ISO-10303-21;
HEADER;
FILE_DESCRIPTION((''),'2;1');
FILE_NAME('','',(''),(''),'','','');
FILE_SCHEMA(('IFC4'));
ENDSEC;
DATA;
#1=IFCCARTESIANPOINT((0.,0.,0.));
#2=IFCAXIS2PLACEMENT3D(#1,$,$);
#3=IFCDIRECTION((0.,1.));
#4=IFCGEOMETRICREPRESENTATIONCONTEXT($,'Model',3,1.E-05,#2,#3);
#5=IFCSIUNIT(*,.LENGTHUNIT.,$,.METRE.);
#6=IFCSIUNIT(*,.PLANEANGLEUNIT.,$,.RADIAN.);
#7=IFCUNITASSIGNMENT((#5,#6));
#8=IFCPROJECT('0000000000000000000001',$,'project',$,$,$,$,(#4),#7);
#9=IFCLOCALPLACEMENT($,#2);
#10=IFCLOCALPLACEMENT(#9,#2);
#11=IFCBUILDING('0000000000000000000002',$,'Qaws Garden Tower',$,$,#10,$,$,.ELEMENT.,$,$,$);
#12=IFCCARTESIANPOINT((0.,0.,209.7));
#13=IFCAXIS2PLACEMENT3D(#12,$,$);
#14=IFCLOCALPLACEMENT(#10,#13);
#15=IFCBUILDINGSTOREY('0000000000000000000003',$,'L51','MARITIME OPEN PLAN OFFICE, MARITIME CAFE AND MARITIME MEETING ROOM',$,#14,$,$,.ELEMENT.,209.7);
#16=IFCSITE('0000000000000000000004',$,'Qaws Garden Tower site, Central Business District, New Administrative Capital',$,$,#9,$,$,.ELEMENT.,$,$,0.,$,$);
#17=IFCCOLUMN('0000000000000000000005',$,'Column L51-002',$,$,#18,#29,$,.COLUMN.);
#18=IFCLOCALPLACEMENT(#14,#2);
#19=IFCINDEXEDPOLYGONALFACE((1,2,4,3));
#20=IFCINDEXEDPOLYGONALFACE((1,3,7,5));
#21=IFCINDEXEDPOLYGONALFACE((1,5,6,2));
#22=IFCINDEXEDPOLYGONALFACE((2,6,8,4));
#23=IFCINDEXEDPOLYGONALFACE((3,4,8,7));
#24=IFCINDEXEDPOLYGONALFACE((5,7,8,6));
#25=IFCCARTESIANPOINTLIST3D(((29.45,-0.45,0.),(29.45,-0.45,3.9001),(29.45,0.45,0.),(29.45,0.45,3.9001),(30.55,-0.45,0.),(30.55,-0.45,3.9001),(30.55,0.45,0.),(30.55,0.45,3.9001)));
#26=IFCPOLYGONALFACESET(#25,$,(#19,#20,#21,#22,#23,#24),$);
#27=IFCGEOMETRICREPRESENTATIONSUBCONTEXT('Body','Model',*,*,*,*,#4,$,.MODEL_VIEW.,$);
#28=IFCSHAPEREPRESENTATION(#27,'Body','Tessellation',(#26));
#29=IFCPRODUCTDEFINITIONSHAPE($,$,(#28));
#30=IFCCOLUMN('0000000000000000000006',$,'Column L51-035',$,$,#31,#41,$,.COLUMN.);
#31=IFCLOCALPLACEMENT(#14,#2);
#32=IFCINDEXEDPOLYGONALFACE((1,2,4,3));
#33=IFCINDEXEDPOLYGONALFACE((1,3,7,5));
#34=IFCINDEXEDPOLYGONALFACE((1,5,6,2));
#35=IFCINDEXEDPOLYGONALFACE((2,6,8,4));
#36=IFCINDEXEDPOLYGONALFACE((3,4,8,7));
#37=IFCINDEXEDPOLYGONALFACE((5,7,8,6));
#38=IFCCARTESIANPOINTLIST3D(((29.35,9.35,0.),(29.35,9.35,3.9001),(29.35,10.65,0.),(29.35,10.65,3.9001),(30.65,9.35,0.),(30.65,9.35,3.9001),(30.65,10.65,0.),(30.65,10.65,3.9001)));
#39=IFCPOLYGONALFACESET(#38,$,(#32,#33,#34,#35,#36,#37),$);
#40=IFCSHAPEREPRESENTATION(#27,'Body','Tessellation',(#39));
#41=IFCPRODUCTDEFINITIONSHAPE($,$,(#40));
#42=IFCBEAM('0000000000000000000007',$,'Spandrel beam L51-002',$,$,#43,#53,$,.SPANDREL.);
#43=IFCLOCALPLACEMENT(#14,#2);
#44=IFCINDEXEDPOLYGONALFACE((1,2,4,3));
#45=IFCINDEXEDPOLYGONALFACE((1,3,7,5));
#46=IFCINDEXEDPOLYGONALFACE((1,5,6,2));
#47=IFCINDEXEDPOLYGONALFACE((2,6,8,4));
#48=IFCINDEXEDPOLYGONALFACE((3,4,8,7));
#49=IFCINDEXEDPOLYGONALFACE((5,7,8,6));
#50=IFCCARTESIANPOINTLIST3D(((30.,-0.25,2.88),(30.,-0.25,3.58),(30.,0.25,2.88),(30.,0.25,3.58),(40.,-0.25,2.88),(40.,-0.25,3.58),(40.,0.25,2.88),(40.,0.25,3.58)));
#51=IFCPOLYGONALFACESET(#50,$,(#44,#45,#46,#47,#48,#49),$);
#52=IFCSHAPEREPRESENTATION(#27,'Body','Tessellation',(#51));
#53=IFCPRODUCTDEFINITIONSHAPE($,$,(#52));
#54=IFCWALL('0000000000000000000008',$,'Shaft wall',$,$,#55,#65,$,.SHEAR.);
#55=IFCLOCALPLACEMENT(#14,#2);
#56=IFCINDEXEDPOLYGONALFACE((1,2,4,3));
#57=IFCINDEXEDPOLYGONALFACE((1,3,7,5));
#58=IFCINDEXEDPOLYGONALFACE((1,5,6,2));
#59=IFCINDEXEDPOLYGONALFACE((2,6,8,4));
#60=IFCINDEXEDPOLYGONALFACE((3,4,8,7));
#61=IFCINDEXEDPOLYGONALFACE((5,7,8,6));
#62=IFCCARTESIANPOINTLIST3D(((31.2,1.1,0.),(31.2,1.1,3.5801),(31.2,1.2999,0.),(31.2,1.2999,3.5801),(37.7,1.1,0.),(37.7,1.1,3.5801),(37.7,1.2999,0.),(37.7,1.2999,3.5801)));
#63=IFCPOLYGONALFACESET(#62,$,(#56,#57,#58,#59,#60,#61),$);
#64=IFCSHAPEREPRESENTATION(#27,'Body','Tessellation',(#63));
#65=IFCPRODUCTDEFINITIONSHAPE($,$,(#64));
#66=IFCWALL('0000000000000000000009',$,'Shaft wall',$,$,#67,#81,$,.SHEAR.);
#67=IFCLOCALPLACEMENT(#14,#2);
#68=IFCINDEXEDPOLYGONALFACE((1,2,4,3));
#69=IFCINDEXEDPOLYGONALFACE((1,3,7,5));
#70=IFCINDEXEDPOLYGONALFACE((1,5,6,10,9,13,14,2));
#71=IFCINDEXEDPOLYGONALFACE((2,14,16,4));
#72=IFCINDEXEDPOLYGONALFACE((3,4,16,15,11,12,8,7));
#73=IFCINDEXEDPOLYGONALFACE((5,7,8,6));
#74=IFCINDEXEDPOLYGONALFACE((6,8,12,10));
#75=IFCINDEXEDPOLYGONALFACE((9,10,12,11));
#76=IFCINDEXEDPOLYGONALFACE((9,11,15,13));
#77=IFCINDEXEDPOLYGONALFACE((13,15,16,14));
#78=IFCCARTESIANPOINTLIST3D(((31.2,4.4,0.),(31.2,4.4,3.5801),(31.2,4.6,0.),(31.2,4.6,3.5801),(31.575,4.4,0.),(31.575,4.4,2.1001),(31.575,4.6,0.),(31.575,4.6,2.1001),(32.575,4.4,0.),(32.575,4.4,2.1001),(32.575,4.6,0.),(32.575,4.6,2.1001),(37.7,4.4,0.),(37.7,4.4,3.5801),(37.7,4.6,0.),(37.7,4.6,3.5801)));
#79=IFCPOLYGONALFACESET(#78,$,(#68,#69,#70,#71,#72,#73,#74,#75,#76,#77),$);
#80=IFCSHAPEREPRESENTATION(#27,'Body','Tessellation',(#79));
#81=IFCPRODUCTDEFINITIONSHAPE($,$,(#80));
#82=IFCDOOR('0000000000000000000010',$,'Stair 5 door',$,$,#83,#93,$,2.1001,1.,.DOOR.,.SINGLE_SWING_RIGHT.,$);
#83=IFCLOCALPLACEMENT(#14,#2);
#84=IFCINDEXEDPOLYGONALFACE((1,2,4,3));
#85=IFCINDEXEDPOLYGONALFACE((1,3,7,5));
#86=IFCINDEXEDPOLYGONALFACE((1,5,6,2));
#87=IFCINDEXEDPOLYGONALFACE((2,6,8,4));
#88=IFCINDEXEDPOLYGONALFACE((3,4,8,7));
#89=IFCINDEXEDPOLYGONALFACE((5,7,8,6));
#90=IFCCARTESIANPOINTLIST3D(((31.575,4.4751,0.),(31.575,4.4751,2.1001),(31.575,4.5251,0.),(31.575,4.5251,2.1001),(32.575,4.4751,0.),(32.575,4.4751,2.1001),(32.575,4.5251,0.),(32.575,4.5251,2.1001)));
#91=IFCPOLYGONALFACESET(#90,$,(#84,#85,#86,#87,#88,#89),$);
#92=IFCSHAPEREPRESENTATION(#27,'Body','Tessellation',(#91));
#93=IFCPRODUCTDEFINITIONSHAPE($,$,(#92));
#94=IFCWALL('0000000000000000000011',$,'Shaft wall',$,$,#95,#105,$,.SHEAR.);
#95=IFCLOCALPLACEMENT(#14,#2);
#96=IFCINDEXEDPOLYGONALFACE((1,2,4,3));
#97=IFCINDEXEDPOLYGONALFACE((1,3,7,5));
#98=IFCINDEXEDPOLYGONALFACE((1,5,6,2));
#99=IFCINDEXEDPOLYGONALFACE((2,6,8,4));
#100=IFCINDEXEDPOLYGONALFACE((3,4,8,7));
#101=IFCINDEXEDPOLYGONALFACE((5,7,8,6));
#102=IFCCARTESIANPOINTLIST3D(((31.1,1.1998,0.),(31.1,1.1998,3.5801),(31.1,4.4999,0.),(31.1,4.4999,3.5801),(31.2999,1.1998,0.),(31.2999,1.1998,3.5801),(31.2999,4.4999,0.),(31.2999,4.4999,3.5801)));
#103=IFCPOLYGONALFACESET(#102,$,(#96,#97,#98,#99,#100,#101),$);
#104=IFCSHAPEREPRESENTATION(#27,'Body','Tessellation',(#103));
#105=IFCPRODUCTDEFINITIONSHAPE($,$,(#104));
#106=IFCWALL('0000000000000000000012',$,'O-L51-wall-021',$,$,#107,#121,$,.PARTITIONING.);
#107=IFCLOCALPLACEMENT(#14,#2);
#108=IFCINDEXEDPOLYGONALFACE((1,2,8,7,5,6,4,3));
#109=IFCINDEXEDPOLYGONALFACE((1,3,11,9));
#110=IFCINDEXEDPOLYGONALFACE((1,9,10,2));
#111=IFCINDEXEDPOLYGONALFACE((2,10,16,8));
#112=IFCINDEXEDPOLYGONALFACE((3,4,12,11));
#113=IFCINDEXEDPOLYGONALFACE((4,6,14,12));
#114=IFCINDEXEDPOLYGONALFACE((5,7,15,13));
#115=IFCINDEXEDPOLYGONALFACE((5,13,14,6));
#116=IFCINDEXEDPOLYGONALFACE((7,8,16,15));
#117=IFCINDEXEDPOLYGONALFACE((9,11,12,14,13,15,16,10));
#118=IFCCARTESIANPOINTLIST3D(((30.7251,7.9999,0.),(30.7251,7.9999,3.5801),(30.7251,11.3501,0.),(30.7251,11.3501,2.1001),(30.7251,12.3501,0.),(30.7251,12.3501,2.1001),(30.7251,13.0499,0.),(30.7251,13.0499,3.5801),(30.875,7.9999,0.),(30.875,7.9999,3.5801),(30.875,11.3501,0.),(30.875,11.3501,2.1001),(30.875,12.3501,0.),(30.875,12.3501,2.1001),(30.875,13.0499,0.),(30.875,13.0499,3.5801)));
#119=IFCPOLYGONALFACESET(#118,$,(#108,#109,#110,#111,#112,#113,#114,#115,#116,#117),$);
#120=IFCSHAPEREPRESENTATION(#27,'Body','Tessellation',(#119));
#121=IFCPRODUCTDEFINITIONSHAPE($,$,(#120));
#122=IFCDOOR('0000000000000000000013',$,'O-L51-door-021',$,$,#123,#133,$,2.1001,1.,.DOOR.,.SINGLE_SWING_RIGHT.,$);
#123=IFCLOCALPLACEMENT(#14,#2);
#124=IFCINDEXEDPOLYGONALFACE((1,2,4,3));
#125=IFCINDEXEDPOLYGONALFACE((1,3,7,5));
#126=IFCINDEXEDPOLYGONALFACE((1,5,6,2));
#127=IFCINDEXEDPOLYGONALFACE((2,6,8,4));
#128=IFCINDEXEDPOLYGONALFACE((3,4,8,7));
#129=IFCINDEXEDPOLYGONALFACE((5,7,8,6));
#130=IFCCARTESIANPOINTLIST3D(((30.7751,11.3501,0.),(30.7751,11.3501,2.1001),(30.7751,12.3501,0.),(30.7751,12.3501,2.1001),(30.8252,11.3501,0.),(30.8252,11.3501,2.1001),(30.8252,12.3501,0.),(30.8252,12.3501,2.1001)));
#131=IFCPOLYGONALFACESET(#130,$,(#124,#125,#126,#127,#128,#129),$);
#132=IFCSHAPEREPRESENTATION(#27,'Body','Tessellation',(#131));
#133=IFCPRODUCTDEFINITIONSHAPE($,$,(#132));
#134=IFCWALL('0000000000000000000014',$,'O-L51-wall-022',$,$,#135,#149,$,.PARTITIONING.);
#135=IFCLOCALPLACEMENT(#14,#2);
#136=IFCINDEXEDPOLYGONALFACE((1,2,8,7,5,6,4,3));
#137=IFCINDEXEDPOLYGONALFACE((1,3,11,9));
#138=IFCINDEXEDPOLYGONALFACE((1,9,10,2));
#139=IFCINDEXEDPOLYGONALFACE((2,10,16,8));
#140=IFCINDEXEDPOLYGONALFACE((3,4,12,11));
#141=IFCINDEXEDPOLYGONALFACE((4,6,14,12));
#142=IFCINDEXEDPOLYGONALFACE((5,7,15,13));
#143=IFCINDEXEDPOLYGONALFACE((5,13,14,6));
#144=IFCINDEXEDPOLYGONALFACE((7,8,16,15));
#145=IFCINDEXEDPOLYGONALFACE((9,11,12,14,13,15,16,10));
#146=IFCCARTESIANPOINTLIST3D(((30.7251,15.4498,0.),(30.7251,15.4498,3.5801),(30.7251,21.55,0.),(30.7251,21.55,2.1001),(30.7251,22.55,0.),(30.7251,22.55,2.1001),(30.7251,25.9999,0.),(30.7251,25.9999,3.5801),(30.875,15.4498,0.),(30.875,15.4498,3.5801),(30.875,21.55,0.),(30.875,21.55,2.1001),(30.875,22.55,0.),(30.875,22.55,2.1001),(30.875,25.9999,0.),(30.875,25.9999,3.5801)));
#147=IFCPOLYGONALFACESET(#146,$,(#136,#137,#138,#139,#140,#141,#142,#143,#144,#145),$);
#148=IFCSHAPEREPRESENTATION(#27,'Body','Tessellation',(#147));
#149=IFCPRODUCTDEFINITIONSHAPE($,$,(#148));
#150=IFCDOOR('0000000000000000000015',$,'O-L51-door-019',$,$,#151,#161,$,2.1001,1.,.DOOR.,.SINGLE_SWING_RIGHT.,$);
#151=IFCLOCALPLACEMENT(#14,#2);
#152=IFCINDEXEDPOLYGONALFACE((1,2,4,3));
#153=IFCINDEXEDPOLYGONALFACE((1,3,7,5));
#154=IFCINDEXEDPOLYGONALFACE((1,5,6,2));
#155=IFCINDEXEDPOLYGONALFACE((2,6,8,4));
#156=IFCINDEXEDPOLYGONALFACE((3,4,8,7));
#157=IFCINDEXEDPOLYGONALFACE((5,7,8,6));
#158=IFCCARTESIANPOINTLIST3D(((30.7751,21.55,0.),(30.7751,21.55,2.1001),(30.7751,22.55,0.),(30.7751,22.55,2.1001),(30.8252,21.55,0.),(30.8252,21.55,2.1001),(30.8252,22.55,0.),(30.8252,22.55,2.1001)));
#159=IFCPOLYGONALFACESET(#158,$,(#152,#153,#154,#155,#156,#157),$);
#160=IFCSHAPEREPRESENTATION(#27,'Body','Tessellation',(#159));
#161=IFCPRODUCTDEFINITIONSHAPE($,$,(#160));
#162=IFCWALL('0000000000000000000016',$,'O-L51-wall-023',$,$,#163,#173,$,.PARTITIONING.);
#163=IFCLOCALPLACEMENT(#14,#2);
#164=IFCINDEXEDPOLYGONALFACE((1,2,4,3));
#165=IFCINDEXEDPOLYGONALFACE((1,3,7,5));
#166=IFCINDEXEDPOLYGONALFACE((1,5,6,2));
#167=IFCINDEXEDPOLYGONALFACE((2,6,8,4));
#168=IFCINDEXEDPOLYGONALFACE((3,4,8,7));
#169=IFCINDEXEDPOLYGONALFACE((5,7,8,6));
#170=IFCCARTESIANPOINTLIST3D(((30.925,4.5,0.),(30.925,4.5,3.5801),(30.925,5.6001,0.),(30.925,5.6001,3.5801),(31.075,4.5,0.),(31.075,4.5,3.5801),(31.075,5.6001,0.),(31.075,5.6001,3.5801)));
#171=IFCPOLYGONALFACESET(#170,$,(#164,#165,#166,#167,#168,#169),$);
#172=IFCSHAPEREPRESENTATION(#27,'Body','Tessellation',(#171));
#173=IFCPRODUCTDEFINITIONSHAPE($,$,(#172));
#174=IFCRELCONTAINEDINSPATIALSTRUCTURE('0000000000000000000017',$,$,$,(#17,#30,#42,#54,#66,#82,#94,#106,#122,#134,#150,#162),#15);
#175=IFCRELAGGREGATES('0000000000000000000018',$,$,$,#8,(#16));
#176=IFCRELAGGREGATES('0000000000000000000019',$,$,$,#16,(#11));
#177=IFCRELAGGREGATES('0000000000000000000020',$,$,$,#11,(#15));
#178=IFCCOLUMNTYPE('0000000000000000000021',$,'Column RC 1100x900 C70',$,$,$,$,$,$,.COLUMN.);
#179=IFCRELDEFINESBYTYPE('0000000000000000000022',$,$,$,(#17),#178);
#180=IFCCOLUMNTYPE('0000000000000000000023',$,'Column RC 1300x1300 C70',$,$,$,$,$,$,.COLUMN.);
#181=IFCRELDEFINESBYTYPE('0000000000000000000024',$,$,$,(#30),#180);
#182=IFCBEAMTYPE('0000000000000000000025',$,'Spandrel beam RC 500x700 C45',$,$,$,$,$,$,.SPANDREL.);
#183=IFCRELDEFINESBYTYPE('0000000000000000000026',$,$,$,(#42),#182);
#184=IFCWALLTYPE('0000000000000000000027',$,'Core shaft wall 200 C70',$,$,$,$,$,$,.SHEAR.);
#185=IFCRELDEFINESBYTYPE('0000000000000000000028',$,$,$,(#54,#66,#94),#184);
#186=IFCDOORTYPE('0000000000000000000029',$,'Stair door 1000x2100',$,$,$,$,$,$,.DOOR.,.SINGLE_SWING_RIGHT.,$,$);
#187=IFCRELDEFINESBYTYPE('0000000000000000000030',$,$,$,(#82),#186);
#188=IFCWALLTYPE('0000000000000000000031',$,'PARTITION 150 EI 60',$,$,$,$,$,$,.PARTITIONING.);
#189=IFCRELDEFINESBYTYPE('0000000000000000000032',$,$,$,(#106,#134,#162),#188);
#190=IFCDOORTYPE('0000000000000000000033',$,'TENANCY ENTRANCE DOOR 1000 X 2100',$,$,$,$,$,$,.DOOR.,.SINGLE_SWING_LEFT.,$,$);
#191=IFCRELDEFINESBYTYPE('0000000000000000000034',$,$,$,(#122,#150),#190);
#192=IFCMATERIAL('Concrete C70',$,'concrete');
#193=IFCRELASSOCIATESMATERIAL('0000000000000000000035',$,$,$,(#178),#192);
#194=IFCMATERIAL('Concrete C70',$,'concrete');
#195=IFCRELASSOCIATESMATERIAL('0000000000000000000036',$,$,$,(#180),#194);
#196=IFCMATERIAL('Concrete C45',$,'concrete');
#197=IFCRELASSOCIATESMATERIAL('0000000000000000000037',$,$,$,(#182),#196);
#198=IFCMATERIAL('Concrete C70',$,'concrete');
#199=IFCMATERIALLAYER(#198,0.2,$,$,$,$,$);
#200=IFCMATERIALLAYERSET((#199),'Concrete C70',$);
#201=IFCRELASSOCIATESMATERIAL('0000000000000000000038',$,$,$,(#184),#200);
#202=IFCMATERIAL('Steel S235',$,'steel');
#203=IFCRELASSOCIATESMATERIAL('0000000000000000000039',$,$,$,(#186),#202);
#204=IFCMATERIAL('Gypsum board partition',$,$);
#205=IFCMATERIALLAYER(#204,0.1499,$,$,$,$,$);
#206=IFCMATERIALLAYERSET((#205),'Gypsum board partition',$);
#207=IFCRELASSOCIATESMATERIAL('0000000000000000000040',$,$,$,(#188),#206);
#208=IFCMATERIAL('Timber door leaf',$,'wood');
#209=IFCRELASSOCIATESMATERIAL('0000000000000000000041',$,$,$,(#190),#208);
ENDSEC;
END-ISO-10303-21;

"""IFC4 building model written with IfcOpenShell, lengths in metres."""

from ifc_helpers import new_model, si_unit, direction, frame, frame_2d, origin, origin_2d, place, context, subcontext, project, spatial, rectangle, extrude, material, layer, layer_set, material_profile, profile_set, type_object, element, fill, save


model = new_model("IFC4")

# Units and contexts
model_context = context("Model", 3, precision=1e-05, world=origin(), true_north=direction((0.0, 1.0)))
body_context = subcontext(model_context, "Body", "Model", "MODEL_VIEW")
ifc_project = project(units=[si_unit("LENGTHUNIT", "METRE"), si_unit("PLANEANGLEUNIT", "RADIAN")], contexts=[model_context])

# Site, building, storey
site_placement = place(None, origin())
site = spatial("IfcSite", under=ifc_project, at=site_placement, Name="Qaws Garden Tower site, Central Business District, New Administrative Capital", CompositionType="ELEMENT", RefElevation=0.0)
building_placement = place(site_placement, origin())
building = spatial("IfcBuilding", under=site, at=building_placement, Name="Qaws Garden Tower", CompositionType="ELEMENT")
storey_placement = place(building_placement, frame((0.0, 0.0, 209.7)))
storey = spatial("IfcBuildingStorey", under=building, at=storey_placement, Name="L51", Description="MARITIME OPEN PLAN OFFICE, MARITIME CAFE AND MARITIME MEETING ROOM", CompositionType="ELEMENT", Elevation=209.7)

# Columns
ifc_material_1 = material(Name="Concrete C70", Category="concrete")
ifc_material_profile_1 = material_profile(ifc_material_1, rectangle(XDim=1.1001, YDim=0.8999, at=origin_2d()), Name="RC 1100x900")
ifc_profile_set_1 = profile_set([ifc_material_profile_1], Name="Concrete C70")
column_type_1 = type_object("IfcColumnType", Name="Column RC 1100x900 C70", PredefinedType="COLUMN", material=ifc_profile_set_1)
column_1_placement = place(storey_placement, frame((30.0, 0.0, 0.0), z_axis=(0.0, 0.0, 1.0), x_axis=(1.0, 0.0, 0.0)))
element("IfcColumn", 1, at=column_1_placement, inside=storey, type_object=column_type_1, Name="Column L51-002", PredefinedType="COLUMN", context=body_context, shape_type="SweptSolid", body=[
    extrude(rectangle(XDim=1.1001, YDim=0.8999, at=origin_2d()), origin(), (0.0, 0.0, 1.0), 3.9001),
])
ifc_material_2 = material(Name="Concrete C70", Category="concrete")
ifc_material_profile_2 = material_profile(ifc_material_2, rectangle(XDim=1.3, YDim=1.3, at=origin_2d()), Name="RC 1300x1300")
ifc_profile_set_2 = profile_set([ifc_material_profile_2], Name="Concrete C70")
column_type_2 = type_object("IfcColumnType", Name="Column RC 1300x1300 C70", PredefinedType="COLUMN", material=ifc_profile_set_2)
column_2_placement = place(storey_placement, frame((30.0, 10.0, 0.0), z_axis=(0.0, 0.0, 1.0), x_axis=(1.0, 0.0, 0.0)))
element("IfcColumn", 2, at=column_2_placement, inside=storey, type_object=column_type_2, Name="Column L51-035", PredefinedType="COLUMN", context=body_context, shape_type="SweptSolid", body=[
    extrude(rectangle(XDim=1.3, YDim=1.3, at=origin_2d()), origin(), (0.0, 0.0, 1.0), 3.9001),
])

# Beam
ifc_material_3 = material(Name="Concrete C45", Category="concrete")
ifc_material_profile_3 = material_profile(ifc_material_3, rectangle(XDim=0.5, YDim=0.7, at=origin_2d()), Name="RC 500x700")
ifc_profile_set_3 = profile_set([ifc_material_profile_3], Name="Concrete C45")
beam_type = type_object("IfcBeamType", Name="Spandrel beam RC 500x700 C45", PredefinedType="SPANDREL", material=ifc_profile_set_3)
beam_placement = place(storey_placement, frame((30.0, 0.0, 3.23), z_axis=(1.0, 0.0, 0.0), x_axis=(0.0, 1.0, 0.0)))
element("IfcBeam", 3, at=beam_placement, inside=storey, type_object=beam_type, Name="Spandrel beam L51-002", PredefinedType="SPANDREL", context=body_context, shape_type="SweptSolid", body=[
    extrude(rectangle(XDim=0.5, YDim=0.7, at=origin_2d()), origin(), (0.0, 0.0, 1.0), 10.0),
])

# Wall
ifc_material_4 = material(Name="Concrete C70", Category="concrete")
ifc_layer_1 = layer(ifc_material_4, 0.2)
ifc_layer_set_1 = layer_set([ifc_layer_1], Name="Concrete C70")
wall_type_1 = type_object("IfcWallType", Name="Core shaft wall 200 C70", PredefinedType="SHEAR", material=ifc_layer_set_1)
wall_1_placement = place(storey_placement, frame((31.2, 1.2, 0.0), z_axis=(0.0, 0.0, 1.0), x_axis=(1.0, 0.0, 0.0)))
element("IfcWall", 4, at=wall_1_placement, inside=storey, type_object=wall_type_1, Name="Shaft wall", PredefinedType="SHEAR", context=body_context, shape_type="SweptSolid", body=[
    extrude(rectangle(XDim=6.5, YDim=0.2, at=frame_2d((3.25, 0.0))), origin(), (0.0, 0.0, 1.0), 3.5801),
])

# Wall, opening, door
wall_2_placement = place(storey_placement, frame((31.2, 4.5, 0.0), z_axis=(0.0, 0.0, 1.0), x_axis=(1.0, 0.0, 0.0)))
wall_2 = element("IfcWall", 5, at=wall_2_placement, inside=storey, type_object=wall_type_1, Name="Shaft wall", PredefinedType="SHEAR", context=body_context, shape_type="SweptSolid", body=[
    extrude(rectangle(XDim=6.5, YDim=0.2, at=frame_2d((3.25, 0.0))), origin(), (0.0, 0.0, 1.0), 3.5801),
])
opening_1_placement = place(wall_2_placement, frame((0.375, 0.0, 0.0)))
opening_1 = element("IfcOpeningElement", 6, at=opening_1_placement, cuts=wall_2, PredefinedType="OPENING", context=body_context, shape_type="SweptSolid", body=[
    extrude(rectangle(XDim=1.0, YDim=2.1001, at=frame_2d((0.5, 1.05))), frame((0.0, 0.1099, 0.0), z_axis=(0.0, -1.0, 0.0), x_axis=(1.0, 0.0, 0.0)), (0.0, 0.0, 1.0), 0.22),
])
ifc_material_5 = material(Name="Steel S235", Category="steel")
door_type_1 = type_object("IfcDoorType", Name="Stair door 1000x2100", OperationType="SINGLE_SWING_RIGHT", PredefinedType="DOOR", material=ifc_material_5)
door_1_placement = place(opening_1_placement, frame((1.0, 0.0, 0.0), z_axis=(0.0, 0.0, 1.0), x_axis=(-1.0, 0.0, 0.0)))
door_1 = element("IfcDoor", 7, at=door_1_placement, inside=storey, type_object=door_type_1, Name="Stair 5 door", OperationType="SINGLE_SWING_RIGHT", OverallHeight=2.1001, OverallWidth=1.0, PredefinedType="DOOR", context=body_context, shape_type="SweptSolid", body=[
    extrude(rectangle(XDim=1.0, YDim=2.1001, at=frame_2d((0.5, 1.05))), frame((0.0, 0.0249, 0.0), z_axis=(0.0, -1.0, 0.0), x_axis=(1.0, 0.0, 0.0)), (0.0, 0.0, 1.0), 0.05),
])
fill(opening_1, door_1)

# Wall
wall_3_placement = place(storey_placement, frame((31.2, 1.2, 0.0), z_axis=(0.0, 0.0, 1.0), x_axis=(0.0, 1.0, 0.0)))
element("IfcWall", 8, at=wall_3_placement, inside=storey, type_object=wall_type_1, Name="Shaft wall", PredefinedType="SHEAR", context=body_context, shape_type="SweptSolid", body=[
    extrude(rectangle(XDim=3.3, YDim=0.2, at=frame_2d((1.6499, 0.0))), origin(), (0.0, 0.0, 1.0), 3.5801),
])

# Walls, openings, doors
ifc_material_6 = material(Name="Gypsum board partition")
ifc_layer_2 = layer(ifc_material_6, 0.1499)
ifc_layer_set_2 = layer_set([ifc_layer_2], Name="Gypsum board partition")
wall_type_2 = type_object("IfcWallType", Name="PARTITION 150 EI 60", PredefinedType="PARTITIONING", material=ifc_layer_set_2)
wall_4_placement = place(storey_placement, frame((30.8, 8.0, 0.0), z_axis=(0.0, 0.0, 1.0), x_axis=(0.0, 1.0, 0.0)))
wall_4 = element("IfcWall", 9, at=wall_4_placement, inside=storey, type_object=wall_type_2, Name="O-L51-wall-021", PredefinedType="PARTITIONING", context=body_context, shape_type="SweptSolid", body=[
    extrude(rectangle(XDim=5.05, YDim=0.1499, at=frame_2d((2.5249, 0.0))), origin(), (0.0, 0.0, 1.0), 3.5801),
])
opening_2_placement = place(wall_4_placement, frame((3.3501, 0.0, 0.0)))
opening_2 = element("IfcOpeningElement", 10, at=opening_2_placement, cuts=wall_4, PredefinedType="OPENING", context=body_context, shape_type="SweptSolid", body=[
    extrude(rectangle(XDim=1.0, YDim=2.1001, at=frame_2d((0.5, 1.05))), frame((0.0, 0.085, 0.0), z_axis=(0.0, -1.0, 0.0), x_axis=(1.0, 0.0, 0.0)), (0.0, 0.0, 1.0), 0.1699),
])
ifc_material_7 = material(Name="Timber door leaf", Category="wood")
door_type_2 = type_object("IfcDoorType", Name="TENANCY ENTRANCE DOOR 1000 X 2100", OperationType="SINGLE_SWING_LEFT", PredefinedType="DOOR", material=ifc_material_7)
door_2_placement = place(opening_2_placement, origin())
door_2 = element("IfcDoor", 11, at=door_2_placement, inside=storey, type_object=door_type_2, Name="O-L51-door-021", OperationType="SINGLE_SWING_RIGHT", OverallHeight=2.1001, OverallWidth=1.0, PredefinedType="DOOR", context=body_context, shape_type="SweptSolid", body=[
    extrude(rectangle(XDim=1.0, YDim=2.1001, at=frame_2d((0.5, 1.05))), frame((0.0, 0.0249, 0.0), z_axis=(0.0, -1.0, 0.0), x_axis=(1.0, 0.0, 0.0)), (0.0, 0.0, 1.0), 0.05),
])
fill(opening_2, door_2)
wall_5_placement = place(storey_placement, frame((30.8, 15.45, 0.0), z_axis=(0.0, 0.0, 1.0), x_axis=(0.0, 1.0, 0.0)))
wall_5 = element("IfcWall", 12, at=wall_5_placement, inside=storey, type_object=wall_type_2, Name="O-L51-wall-022", PredefinedType="PARTITIONING", context=body_context, shape_type="SweptSolid", body=[
    extrude(rectangle(XDim=10.55, YDim=0.1499, at=frame_2d((5.2749, 0.0))), origin(), (0.0, 0.0, 1.0), 3.5801),
])
opening_3_placement = place(wall_5_placement, frame((6.1001, 0.0, 0.0)))
opening_3 = element("IfcOpeningElement", 13, at=opening_3_placement, cuts=wall_5, PredefinedType="OPENING", context=body_context, shape_type="SweptSolid", body=[
    extrude(rectangle(XDim=1.0, YDim=2.1001, at=frame_2d((0.5, 1.05))), frame((0.0, 0.085, 0.0), z_axis=(0.0, -1.0, 0.0), x_axis=(1.0, 0.0, 0.0)), (0.0, 0.0, 1.0), 0.1699),
])
door_3_placement = place(opening_3_placement, origin())
door_3 = element("IfcDoor", 14, at=door_3_placement, inside=storey, type_object=door_type_2, Name="O-L51-door-019", OperationType="SINGLE_SWING_RIGHT", OverallHeight=2.1001, OverallWidth=1.0, PredefinedType="DOOR", context=body_context, shape_type="SweptSolid", body=[
    extrude(rectangle(XDim=1.0, YDim=2.1001, at=frame_2d((0.5, 1.05))), frame((0.0, 0.0249, 0.0), z_axis=(0.0, -1.0, 0.0), x_axis=(1.0, 0.0, 0.0)), (0.0, 0.0, 1.0), 0.05),
])
fill(opening_3, door_3)

# Wall
wall_6_placement = place(storey_placement, frame((31.0, 4.5, 0.0), z_axis=(0.0, 0.0, 1.0), x_axis=(0.0, 1.0, 0.0)))
element("IfcWall", 15, at=wall_6_placement, inside=storey, type_object=wall_type_2, Name="O-L51-wall-023", PredefinedType="PARTITIONING", context=body_context, shape_type="SweptSolid", body=[
    extrude(rectangle(XDim=1.1001, YDim=0.1499, at=frame_2d((0.55, 0.0))), origin(), (0.0, 0.0, 1.0), 3.5801),
])

save(model, "model.ifc")
